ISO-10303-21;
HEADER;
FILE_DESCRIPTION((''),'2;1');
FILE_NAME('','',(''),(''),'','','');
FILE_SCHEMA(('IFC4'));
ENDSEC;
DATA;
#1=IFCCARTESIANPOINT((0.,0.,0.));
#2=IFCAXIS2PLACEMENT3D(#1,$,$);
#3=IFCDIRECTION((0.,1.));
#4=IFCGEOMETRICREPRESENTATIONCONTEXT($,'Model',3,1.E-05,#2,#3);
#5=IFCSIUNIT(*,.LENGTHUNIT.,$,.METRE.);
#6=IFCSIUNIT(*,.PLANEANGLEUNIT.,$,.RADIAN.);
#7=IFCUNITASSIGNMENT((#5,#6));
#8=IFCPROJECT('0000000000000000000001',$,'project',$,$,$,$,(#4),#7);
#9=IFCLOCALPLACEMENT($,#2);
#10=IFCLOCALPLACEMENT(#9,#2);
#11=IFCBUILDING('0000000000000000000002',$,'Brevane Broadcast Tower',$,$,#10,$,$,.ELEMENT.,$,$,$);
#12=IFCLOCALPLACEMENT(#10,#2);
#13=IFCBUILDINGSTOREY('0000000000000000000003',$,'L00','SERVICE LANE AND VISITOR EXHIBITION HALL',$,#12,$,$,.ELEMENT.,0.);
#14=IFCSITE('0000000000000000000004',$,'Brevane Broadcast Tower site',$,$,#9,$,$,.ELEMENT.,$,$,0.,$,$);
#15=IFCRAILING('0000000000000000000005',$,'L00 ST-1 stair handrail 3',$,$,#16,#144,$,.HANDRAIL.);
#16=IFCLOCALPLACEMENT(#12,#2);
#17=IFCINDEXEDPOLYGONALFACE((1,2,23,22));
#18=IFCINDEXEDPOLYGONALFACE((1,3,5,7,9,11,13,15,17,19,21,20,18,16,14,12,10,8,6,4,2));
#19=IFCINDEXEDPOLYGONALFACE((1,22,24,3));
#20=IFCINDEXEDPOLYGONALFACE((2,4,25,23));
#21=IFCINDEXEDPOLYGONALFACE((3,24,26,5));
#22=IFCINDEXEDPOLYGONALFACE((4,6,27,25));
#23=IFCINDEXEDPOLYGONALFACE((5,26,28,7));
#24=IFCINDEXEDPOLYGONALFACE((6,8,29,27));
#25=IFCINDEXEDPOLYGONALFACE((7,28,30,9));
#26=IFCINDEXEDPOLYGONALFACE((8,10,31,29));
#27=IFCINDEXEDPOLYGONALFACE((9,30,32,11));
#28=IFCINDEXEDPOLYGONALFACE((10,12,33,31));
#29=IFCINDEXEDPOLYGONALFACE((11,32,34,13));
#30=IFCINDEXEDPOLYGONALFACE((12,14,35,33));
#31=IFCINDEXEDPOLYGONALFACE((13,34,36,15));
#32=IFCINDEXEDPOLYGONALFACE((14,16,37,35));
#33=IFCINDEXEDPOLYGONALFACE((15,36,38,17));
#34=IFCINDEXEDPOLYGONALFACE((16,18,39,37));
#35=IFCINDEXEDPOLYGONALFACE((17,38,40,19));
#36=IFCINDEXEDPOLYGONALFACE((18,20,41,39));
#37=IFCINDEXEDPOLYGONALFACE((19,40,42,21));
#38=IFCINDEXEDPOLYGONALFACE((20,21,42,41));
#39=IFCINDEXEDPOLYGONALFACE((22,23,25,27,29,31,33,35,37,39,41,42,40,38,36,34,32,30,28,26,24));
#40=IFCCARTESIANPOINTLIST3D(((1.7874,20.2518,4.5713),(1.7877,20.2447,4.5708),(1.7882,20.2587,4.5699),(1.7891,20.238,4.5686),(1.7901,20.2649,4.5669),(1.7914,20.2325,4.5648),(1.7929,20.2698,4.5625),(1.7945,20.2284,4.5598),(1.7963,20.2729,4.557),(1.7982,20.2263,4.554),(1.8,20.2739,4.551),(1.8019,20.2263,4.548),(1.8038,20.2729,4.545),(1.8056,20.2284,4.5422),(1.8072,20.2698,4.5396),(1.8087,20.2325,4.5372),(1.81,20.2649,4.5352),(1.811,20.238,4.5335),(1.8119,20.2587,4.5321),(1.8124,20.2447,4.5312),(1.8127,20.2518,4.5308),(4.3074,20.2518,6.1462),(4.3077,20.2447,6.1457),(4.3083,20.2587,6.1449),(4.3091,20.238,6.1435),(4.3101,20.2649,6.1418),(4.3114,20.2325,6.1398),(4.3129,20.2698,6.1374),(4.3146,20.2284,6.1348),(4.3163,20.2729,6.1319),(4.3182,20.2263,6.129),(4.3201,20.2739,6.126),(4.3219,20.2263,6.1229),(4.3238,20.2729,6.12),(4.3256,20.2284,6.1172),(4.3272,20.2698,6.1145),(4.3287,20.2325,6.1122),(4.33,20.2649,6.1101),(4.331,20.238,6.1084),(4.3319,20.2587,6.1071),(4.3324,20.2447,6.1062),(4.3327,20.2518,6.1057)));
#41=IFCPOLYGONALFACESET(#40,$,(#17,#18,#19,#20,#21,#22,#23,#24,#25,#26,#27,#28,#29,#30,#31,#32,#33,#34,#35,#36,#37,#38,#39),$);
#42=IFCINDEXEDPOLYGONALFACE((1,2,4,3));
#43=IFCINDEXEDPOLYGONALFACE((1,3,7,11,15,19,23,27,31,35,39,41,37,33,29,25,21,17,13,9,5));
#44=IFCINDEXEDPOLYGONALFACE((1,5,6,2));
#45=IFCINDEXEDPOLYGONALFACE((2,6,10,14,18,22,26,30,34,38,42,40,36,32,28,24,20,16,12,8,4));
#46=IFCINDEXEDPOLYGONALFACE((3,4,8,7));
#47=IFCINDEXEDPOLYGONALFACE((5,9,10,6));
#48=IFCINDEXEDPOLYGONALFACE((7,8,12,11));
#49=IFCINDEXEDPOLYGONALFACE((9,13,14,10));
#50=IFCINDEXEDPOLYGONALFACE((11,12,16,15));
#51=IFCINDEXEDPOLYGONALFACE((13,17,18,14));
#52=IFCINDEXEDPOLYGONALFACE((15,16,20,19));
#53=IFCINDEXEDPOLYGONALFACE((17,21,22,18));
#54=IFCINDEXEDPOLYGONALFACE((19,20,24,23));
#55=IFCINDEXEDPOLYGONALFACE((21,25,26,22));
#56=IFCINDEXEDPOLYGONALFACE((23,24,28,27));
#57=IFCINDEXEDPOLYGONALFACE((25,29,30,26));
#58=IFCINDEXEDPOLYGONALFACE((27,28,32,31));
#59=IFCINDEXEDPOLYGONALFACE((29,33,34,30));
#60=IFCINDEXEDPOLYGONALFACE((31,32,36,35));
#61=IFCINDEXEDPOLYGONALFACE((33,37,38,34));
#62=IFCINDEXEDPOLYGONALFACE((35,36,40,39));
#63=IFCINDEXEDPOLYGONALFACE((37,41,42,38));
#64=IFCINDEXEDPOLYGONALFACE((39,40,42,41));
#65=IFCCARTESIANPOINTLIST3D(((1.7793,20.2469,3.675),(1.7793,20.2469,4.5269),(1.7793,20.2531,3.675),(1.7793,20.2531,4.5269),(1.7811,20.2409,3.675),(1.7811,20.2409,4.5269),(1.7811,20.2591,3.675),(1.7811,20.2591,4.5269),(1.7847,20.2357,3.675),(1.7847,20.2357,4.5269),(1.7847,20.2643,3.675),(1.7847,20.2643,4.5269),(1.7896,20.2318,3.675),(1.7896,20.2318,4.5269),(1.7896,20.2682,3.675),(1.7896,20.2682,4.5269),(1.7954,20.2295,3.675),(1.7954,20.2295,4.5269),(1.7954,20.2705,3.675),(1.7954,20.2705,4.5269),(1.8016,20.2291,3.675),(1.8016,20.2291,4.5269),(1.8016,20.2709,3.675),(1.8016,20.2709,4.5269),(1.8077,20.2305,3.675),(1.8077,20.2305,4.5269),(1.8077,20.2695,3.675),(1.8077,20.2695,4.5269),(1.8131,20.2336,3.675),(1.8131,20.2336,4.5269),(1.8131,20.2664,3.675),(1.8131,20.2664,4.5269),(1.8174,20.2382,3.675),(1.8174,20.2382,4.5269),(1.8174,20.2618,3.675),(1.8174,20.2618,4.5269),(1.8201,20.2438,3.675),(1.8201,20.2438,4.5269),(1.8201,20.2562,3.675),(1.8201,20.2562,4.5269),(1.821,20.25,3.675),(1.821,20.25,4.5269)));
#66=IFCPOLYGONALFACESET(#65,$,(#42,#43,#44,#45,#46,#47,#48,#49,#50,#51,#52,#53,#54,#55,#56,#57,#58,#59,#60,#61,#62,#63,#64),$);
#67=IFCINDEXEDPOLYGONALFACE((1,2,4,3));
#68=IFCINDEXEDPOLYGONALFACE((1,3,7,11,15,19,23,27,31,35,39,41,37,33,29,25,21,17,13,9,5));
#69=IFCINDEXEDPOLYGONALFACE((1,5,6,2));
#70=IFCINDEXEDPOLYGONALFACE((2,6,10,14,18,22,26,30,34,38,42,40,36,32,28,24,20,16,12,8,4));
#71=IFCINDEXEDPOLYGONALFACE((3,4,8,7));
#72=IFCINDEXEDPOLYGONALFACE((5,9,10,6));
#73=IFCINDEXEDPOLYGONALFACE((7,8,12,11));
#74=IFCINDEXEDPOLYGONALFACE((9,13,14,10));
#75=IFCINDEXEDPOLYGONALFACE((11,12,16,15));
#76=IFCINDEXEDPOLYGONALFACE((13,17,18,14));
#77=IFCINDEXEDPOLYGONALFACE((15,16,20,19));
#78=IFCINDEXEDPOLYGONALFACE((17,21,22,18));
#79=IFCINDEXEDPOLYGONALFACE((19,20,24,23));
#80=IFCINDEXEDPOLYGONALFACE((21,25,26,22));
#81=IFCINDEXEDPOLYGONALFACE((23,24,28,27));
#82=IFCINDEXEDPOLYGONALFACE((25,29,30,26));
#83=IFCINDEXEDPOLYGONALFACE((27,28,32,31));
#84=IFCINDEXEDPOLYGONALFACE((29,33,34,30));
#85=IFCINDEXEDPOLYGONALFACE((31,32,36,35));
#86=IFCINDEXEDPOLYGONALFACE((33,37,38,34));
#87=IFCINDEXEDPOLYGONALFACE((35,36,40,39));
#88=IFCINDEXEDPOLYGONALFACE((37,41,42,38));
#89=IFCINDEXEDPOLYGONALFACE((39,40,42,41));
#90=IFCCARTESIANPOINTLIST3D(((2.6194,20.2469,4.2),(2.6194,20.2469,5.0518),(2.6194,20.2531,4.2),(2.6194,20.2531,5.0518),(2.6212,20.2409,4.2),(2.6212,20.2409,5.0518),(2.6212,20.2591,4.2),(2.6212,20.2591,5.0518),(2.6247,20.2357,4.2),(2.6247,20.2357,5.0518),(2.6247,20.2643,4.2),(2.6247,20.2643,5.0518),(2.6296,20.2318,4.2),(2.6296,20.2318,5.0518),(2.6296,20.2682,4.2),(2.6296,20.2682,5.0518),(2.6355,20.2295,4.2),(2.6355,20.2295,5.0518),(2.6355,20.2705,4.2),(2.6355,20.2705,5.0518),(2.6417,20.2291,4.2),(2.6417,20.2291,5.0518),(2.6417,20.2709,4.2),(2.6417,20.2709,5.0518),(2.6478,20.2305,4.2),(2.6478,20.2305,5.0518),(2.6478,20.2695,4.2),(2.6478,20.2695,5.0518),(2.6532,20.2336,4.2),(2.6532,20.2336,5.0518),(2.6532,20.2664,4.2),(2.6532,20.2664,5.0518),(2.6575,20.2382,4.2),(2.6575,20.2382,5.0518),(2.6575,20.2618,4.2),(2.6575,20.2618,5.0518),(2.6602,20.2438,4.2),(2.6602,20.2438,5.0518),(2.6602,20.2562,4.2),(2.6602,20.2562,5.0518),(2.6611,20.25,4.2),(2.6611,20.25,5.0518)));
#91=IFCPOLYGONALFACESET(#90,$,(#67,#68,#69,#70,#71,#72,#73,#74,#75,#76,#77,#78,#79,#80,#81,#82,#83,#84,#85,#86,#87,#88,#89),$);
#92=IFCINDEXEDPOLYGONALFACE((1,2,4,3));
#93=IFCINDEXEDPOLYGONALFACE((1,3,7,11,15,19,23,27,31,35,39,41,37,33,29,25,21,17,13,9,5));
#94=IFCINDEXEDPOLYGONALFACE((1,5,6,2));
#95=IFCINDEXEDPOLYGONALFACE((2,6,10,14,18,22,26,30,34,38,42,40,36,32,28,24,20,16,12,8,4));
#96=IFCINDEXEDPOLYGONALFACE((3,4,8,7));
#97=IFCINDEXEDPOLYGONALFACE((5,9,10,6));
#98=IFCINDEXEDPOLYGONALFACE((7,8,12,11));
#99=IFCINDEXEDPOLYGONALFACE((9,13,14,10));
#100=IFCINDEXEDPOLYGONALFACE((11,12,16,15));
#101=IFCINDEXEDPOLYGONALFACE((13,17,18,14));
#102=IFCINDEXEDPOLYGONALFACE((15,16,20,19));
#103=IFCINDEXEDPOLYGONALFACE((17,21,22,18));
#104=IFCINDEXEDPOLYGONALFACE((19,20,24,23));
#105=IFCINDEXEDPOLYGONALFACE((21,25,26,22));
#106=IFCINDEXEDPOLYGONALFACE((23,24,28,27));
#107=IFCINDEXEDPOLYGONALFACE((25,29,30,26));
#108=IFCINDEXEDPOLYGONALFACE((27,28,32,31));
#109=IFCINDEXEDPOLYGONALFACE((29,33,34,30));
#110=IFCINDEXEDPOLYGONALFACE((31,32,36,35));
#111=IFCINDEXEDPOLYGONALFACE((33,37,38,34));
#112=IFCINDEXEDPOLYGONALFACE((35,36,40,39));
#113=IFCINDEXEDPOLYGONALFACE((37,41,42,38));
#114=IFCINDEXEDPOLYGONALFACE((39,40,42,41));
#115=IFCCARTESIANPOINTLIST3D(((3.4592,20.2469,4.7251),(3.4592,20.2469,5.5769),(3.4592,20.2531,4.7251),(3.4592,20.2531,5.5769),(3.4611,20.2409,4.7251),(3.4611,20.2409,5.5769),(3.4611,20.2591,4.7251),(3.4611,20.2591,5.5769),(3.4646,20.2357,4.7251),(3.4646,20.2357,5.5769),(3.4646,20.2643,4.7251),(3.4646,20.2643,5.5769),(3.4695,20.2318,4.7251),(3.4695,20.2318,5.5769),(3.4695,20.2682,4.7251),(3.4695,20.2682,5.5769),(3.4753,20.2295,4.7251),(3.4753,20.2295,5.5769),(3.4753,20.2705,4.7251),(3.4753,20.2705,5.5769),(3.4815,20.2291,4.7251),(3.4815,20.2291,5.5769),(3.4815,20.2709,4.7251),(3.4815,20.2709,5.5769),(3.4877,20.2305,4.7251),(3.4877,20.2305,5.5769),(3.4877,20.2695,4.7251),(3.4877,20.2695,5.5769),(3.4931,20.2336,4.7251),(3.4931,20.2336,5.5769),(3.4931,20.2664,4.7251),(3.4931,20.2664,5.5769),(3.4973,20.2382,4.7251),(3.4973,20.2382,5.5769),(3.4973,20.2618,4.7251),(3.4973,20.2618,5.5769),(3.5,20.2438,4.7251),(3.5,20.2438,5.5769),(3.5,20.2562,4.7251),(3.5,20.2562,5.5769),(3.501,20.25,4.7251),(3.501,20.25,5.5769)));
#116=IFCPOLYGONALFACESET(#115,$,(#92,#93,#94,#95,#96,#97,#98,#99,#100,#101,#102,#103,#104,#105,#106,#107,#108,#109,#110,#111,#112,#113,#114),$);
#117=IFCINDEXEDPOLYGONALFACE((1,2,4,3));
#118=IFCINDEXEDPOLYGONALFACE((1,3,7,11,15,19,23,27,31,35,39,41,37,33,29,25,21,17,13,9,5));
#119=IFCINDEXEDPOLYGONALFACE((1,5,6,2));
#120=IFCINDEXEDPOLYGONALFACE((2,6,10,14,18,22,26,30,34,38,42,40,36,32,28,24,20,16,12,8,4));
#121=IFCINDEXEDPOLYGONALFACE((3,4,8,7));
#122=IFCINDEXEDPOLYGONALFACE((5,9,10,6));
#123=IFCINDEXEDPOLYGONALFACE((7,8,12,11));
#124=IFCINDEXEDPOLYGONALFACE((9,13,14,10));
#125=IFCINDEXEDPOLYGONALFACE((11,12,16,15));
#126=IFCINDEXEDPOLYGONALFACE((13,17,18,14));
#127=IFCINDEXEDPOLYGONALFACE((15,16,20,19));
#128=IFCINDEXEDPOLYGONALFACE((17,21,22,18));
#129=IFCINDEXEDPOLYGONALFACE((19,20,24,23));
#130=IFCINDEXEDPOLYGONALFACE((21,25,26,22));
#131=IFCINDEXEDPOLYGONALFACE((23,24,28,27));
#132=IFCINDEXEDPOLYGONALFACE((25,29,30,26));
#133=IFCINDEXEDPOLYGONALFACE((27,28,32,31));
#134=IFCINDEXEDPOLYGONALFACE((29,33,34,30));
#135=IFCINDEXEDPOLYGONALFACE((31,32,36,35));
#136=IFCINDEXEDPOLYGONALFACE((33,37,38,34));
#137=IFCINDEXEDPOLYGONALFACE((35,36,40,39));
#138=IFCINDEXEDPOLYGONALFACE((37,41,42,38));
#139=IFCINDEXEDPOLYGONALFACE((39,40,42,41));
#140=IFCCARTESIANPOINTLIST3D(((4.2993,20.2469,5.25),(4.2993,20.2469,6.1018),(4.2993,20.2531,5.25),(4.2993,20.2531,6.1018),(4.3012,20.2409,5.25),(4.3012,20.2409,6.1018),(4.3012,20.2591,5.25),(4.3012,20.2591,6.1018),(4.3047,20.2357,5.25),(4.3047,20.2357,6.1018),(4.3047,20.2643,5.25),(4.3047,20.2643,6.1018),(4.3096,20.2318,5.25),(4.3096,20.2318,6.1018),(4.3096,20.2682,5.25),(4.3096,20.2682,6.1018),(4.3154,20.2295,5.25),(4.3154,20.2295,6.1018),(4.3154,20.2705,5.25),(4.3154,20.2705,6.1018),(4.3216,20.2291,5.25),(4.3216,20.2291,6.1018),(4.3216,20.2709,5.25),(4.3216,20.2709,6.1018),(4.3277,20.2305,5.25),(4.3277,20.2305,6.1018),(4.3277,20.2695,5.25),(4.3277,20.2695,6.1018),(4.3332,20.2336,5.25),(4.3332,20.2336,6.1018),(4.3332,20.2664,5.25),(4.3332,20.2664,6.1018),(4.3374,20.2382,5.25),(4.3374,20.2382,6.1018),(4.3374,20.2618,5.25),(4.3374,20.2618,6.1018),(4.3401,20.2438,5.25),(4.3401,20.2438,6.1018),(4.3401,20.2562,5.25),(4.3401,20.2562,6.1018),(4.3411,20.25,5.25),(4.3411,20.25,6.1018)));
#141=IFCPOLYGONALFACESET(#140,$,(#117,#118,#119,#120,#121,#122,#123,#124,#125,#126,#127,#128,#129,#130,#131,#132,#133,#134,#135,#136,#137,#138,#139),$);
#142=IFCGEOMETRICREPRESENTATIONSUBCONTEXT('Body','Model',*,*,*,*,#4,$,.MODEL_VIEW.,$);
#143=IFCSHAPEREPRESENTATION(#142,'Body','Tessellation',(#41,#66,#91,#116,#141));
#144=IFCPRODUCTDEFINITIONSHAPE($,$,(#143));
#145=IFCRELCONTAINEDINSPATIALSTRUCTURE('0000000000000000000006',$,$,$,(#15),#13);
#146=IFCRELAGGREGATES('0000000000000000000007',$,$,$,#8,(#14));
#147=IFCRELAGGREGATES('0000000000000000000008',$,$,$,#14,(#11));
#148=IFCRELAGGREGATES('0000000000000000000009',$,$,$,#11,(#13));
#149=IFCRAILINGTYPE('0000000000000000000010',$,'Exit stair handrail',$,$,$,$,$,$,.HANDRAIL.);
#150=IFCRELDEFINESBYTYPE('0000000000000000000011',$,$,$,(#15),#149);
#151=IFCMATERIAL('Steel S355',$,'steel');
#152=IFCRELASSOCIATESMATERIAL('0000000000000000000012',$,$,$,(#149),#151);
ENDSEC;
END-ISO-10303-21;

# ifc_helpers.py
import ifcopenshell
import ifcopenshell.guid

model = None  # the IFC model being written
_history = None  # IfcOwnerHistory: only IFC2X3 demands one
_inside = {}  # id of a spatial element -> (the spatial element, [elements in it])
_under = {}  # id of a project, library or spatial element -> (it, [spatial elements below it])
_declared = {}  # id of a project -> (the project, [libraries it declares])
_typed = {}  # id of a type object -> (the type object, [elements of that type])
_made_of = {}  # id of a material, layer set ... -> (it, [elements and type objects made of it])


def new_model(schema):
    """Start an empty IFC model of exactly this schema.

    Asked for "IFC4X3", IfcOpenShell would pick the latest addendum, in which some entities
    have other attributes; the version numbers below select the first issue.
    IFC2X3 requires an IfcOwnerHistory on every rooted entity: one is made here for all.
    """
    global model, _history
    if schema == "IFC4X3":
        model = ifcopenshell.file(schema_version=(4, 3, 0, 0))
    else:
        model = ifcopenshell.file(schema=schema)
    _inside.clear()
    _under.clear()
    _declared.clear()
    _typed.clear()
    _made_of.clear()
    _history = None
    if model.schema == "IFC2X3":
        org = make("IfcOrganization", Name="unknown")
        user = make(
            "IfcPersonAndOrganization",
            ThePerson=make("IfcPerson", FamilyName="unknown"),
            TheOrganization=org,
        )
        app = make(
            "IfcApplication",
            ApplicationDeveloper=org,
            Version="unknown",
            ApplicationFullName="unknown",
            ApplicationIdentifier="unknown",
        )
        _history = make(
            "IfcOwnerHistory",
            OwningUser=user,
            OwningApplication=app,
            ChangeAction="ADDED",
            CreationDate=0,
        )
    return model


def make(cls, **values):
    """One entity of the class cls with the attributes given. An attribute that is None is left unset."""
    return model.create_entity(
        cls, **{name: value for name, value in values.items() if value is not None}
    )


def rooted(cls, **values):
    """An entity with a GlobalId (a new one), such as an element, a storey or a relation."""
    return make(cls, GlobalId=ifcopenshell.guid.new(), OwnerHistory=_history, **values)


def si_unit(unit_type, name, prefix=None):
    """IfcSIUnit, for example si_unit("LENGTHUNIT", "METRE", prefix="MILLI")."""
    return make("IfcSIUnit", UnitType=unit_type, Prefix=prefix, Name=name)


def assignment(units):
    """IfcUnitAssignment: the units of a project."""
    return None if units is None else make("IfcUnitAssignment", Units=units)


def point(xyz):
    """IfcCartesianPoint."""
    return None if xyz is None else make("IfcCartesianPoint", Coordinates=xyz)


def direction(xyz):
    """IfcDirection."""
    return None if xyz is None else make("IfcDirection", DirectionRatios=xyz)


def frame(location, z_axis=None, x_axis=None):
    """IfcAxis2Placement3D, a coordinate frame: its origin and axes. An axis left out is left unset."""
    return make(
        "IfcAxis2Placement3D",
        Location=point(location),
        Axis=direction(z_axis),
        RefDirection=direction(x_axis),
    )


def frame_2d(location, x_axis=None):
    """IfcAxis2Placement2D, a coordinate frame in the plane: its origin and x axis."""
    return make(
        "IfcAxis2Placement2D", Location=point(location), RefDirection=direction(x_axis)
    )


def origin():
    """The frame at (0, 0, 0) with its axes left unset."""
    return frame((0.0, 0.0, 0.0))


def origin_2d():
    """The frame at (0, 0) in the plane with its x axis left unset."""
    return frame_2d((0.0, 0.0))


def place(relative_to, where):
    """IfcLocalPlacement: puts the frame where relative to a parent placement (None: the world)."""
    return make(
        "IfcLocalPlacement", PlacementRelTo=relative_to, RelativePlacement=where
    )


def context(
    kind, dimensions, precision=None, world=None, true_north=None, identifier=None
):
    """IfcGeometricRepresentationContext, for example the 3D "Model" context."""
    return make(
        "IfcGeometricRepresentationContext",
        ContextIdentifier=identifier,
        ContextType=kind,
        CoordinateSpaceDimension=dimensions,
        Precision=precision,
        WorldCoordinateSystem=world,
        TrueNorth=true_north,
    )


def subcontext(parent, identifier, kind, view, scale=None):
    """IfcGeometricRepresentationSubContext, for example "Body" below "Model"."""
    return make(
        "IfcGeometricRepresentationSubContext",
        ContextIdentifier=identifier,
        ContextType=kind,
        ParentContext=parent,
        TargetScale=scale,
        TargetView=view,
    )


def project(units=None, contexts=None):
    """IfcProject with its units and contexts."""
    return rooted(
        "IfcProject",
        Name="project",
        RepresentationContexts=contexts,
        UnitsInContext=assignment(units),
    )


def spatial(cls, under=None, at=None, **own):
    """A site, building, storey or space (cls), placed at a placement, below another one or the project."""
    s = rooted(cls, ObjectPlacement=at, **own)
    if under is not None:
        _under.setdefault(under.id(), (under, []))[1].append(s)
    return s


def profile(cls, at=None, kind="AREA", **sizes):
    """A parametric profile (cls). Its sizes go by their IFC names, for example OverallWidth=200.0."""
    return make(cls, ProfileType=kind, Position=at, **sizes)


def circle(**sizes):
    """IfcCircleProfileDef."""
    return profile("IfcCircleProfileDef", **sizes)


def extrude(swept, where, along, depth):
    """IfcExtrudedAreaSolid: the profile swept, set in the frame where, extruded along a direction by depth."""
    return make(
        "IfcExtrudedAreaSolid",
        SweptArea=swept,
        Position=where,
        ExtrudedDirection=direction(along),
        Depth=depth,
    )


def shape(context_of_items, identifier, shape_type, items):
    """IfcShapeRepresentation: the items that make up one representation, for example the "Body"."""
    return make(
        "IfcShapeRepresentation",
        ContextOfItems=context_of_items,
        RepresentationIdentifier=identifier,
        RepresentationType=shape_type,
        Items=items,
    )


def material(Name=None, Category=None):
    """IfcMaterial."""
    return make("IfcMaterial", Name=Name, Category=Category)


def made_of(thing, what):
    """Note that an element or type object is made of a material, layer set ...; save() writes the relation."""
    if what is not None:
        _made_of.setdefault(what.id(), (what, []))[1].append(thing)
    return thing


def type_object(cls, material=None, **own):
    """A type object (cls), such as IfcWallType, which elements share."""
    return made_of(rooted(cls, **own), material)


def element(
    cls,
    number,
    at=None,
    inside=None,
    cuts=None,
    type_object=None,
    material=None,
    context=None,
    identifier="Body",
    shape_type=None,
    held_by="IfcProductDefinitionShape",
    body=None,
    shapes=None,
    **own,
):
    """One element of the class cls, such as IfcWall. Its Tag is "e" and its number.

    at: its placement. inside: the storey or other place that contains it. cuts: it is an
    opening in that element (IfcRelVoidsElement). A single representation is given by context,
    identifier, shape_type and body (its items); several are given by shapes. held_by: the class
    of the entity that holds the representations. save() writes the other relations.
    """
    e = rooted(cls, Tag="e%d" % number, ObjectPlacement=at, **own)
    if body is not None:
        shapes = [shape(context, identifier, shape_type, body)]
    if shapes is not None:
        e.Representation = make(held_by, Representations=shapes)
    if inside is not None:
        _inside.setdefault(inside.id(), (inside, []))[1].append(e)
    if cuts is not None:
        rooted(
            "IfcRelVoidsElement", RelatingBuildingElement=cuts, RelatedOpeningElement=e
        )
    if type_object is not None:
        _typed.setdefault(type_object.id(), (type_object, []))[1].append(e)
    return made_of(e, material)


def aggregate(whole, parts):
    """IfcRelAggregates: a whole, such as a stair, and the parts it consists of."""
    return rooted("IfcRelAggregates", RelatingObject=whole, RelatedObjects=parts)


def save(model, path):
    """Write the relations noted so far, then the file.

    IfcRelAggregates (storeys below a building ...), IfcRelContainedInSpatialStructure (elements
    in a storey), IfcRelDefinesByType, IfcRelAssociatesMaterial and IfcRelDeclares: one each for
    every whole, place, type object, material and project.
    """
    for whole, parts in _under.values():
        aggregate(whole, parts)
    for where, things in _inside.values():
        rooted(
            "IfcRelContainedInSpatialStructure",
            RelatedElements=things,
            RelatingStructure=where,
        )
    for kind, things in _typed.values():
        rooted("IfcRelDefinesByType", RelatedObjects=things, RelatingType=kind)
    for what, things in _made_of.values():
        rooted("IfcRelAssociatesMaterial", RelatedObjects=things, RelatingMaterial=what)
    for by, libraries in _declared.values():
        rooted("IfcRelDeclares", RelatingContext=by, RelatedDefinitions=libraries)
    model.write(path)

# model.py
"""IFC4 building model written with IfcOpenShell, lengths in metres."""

from ifc_helpers import new_model, si_unit, direction, frame, origin, origin_2d, place, context, subcontext, project, spatial, circle, extrude, material, type_object, element, save


model = new_model("IFC4")

# Units and contexts
model_context = context("Model", 3, precision=1e-05, world=origin(), true_north=direction((0.0, 1.0)))
body_context = subcontext(model_context, "Body", "Model", "MODEL_VIEW")
ifc_project = project(units=[si_unit("LENGTHUNIT", "METRE"), si_unit("PLANEANGLEUNIT", "RADIAN")], contexts=[model_context])

# Site, building, storey
site_placement = place(None, origin())
site = spatial("IfcSite", under=ifc_project, at=site_placement, Name="Brevane Broadcast Tower site", CompositionType="ELEMENT", RefElevation=0.0)
building_placement = place(site_placement, origin())
building = spatial("IfcBuilding", under=site, at=building_placement, Name="Brevane Broadcast Tower", CompositionType="ELEMENT")
storey_placement = place(building_placement, origin())
storey = spatial("IfcBuildingStorey", under=building, at=storey_placement, Name="L00", Description="SERVICE LANE AND VISITOR EXHIBITION HALL", CompositionType="ELEMENT", Elevation=0.0)

# Railing
ifc_material_1 = material(Name="Steel S355", Category="steel")
railing_type_1 = type_object("IfcRailingType", Name="Exit stair handrail", PredefinedType="HANDRAIL", material=ifc_material_1)
railing_1_placement = place(storey_placement, frame((1.8, 20.25, 3.675)))
element("IfcRailing", 1, at=railing_1_placement, inside=storey, type_object=railing_type_1, Name="L00 ST-1 stair handrail 3", PredefinedType="HANDRAIL", context=body_context, shape_type="SweptSolid", body=[
    extrude(circle(Radius=0.0239, at=origin_2d()), frame((0.0, 0.0, 0.876), z_axis=(0.848008, 0.0, 0.529984), x_axis=(0.0, 1.0, 0.0)), (0.0, 0.0, 1.0), 2.9717),
    extrude(circle(Radius=0.021, at=origin_2d()), origin(), (0.0, 0.0, 1.0), 0.8518),
    extrude(circle(Radius=0.021, at=origin_2d()), frame((0.8401, 0.0, 0.5249)), (0.0, 0.0, 1.0), 0.8518),
    extrude(circle(Radius=0.021, at=origin_2d()), frame((1.6799, 0.0, 1.05)), (0.0, 0.0, 1.0), 0.8518),
    extrude(circle(Radius=0.021, at=origin_2d()), frame((2.52, 0.0, 1.575)), (0.0, 0.0, 1.0), 0.8518),
])

save(model, "model.ifc")
